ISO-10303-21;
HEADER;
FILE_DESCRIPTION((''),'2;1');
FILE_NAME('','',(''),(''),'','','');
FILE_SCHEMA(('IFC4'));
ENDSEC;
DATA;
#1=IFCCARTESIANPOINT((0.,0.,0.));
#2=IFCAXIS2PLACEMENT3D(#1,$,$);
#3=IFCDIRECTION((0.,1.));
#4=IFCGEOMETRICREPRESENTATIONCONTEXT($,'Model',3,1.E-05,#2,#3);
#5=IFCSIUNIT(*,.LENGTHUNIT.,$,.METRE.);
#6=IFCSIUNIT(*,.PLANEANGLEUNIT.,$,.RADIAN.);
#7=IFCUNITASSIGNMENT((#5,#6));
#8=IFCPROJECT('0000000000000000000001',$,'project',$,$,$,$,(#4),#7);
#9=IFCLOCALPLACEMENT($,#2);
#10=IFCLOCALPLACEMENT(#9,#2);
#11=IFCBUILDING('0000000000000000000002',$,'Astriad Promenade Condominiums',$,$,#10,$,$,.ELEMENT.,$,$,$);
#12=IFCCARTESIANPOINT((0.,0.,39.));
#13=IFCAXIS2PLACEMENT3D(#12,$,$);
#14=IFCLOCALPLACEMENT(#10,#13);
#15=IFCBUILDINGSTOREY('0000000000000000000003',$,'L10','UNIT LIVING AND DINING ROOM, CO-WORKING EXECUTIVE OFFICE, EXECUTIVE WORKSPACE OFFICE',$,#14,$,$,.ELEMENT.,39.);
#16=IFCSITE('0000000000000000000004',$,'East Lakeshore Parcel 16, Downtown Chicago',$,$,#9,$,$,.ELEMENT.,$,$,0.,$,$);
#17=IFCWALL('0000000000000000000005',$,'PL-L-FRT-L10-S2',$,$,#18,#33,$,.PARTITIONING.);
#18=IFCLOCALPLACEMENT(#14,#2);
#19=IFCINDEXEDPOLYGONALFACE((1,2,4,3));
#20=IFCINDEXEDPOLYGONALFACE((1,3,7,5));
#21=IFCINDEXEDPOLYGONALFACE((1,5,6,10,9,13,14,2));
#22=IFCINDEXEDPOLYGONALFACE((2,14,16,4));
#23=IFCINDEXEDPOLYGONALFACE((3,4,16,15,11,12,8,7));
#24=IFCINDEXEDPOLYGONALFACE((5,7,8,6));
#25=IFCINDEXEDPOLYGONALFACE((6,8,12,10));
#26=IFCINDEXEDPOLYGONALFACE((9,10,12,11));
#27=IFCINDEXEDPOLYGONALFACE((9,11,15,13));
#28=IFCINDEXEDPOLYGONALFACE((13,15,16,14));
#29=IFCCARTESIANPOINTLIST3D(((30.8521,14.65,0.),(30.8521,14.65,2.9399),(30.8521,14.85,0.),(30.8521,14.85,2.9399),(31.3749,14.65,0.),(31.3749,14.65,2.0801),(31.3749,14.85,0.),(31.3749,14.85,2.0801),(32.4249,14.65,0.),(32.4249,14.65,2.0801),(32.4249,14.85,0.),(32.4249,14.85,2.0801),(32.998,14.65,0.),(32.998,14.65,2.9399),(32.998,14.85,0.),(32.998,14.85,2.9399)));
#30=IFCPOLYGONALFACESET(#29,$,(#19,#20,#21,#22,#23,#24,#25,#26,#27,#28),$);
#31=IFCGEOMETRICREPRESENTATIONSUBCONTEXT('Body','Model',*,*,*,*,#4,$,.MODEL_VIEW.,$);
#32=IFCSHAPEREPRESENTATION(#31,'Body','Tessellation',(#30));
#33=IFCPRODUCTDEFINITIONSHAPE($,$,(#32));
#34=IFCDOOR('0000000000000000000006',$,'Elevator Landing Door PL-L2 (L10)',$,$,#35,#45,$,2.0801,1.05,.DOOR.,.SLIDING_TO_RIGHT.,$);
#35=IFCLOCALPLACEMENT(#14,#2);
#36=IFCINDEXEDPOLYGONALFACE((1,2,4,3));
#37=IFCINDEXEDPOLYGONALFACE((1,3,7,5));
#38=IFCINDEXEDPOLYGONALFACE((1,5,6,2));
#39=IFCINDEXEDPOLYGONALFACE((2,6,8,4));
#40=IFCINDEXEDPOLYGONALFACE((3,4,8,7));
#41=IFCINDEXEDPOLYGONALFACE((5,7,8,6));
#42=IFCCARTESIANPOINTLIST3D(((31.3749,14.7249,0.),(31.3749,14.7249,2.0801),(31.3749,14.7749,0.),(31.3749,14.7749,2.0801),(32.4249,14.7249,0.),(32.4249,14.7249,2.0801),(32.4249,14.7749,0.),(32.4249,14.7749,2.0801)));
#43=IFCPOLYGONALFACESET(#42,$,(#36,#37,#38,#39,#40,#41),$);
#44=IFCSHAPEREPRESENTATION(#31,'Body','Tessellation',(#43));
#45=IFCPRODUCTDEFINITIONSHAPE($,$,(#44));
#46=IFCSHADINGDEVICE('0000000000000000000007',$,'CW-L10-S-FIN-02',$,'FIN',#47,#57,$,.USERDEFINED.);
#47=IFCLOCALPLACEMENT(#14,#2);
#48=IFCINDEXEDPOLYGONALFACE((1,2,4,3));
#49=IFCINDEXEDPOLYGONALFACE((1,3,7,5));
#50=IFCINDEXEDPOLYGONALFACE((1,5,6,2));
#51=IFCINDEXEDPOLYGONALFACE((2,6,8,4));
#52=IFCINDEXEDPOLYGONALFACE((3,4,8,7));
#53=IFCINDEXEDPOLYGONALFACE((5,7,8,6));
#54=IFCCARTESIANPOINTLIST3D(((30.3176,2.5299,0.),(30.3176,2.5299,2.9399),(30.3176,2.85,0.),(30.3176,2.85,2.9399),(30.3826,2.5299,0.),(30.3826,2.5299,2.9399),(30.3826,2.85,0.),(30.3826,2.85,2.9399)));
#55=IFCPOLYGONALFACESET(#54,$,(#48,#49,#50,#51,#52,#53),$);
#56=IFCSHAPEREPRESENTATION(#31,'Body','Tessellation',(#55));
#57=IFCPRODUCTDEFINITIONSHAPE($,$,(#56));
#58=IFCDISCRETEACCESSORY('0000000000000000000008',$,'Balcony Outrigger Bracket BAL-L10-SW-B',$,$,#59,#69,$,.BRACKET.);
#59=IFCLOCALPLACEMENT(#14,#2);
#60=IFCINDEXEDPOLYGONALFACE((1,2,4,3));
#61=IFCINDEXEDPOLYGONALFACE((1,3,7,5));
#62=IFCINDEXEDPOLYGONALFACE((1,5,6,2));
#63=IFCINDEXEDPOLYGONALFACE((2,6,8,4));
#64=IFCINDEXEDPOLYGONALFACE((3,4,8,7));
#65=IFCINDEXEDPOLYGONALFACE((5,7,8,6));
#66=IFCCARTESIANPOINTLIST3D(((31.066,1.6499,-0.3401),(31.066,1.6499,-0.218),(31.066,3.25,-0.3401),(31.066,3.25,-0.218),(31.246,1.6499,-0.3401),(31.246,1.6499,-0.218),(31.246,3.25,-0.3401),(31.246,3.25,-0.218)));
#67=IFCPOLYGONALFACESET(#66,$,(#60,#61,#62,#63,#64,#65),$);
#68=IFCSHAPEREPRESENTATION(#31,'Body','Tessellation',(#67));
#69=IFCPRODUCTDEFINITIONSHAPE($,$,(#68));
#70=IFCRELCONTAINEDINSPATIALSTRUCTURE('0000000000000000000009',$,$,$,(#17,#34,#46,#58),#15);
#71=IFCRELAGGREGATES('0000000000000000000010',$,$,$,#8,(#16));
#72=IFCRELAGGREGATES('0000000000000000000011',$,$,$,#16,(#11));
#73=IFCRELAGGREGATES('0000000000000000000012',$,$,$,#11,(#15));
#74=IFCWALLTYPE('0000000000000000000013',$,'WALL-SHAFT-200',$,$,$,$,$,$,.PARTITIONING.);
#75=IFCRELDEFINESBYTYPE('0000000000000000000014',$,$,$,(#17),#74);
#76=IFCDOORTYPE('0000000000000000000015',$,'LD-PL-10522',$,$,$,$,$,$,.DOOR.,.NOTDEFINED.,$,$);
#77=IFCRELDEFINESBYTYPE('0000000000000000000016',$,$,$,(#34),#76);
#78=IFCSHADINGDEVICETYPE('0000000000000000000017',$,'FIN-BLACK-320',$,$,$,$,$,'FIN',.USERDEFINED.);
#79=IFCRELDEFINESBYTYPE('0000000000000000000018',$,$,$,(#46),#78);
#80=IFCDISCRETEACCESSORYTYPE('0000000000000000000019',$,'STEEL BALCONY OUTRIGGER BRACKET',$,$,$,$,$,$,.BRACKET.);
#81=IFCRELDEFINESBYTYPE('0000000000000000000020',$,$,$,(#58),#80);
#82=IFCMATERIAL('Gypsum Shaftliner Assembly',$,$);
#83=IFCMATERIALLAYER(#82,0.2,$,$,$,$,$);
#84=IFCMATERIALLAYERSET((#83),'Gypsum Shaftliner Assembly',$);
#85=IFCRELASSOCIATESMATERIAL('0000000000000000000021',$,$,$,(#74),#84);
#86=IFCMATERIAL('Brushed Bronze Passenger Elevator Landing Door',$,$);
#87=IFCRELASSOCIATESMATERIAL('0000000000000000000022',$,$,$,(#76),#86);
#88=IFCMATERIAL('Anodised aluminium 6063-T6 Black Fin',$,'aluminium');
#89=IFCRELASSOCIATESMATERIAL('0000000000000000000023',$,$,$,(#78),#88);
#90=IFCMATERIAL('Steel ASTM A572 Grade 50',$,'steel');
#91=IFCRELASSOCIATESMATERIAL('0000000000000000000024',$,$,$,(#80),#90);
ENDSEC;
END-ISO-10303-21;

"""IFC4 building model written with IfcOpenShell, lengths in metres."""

from ifc_helpers import new_model, si_unit, direction, frame, frame_2d, origin, origin_2d, place, context, subcontext, project, spatial, rectangle, extrude, source, transform, mapped, material, layer, layer_set, type_object, type_shapes, element, fill, save


model = new_model("IFC4")

# Units and contexts
model_context = context("Model", 3, precision=1e-05, world=origin(), true_north=direction((0.0, 1.0)))
body_context = subcontext(model_context, "Body", "Model", "MODEL_VIEW")
ifc_project = project(units=[si_unit("LENGTHUNIT", "METRE"), si_unit("PLANEANGLEUNIT", "RADIAN")], contexts=[model_context])

# Site, building, storey
site_placement = place(None, origin())
site = spatial("IfcSite", under=ifc_project, at=site_placement, Name="East Lakeshore Parcel 16, Downtown Chicago", CompositionType="ELEMENT", RefElevation=0.0)
building_placement = place(site_placement, origin())
building = spatial("IfcBuilding", under=site, at=building_placement, Name="Astriad Promenade Condominiums", CompositionType="ELEMENT")
storey_placement = place(building_placement, frame((0.0, 0.0, 39.0)))
storey = spatial("IfcBuildingStorey", under=building, at=storey_placement, Name="L10", Description="UNIT LIVING AND DINING ROOM, CO-WORKING EXECUTIVE OFFICE, EXECUTIVE WORKSPACE OFFICE", CompositionType="ELEMENT", Elevation=39.0)

# Shared definitions
ifc_material_1 = material(Name="Gypsum Shaftliner Assembly")
ifc_layer_1 = layer(ifc_material_1, 0.2)
ifc_layer_set_1 = layer_set([ifc_layer_1], Name="Gypsum Shaftliner Assembly")
wall_type_1 = type_object("IfcWallType", Name="WALL-SHAFT-200", PredefinedType="PARTITIONING", material=ifc_layer_set_1)

# Wall, opening, door
ifc_material_2 = material(Name="Brushed Bronze Passenger Elevator Landing Door")
door_type_1 = type_object("IfcDoorType", Name="LD-PL-10522", OperationType="NOTDEFINED", PredefinedType="DOOR", material=ifc_material_2)
shared_shape_1 = source(origin(), body_context, "Body", "SweptSolid", [
    extrude(rectangle(XDim=1.05, YDim=2.0801, at=frame_2d((0.5249, 1.04))), frame((0.0, 0.0249, 0.0), z_axis=(0.0, -1.0, 0.0), x_axis=(1.0, 0.0, 0.0)), (0.0, 0.0, 1.0), 0.05),
])
type_shapes(door_type_1, [shared_shape_1])
wall_1_placement = place(storey_placement, frame((30.8521, 14.75, 0.0), z_axis=(0.0, 0.0, 1.0), x_axis=(1.0, 0.0, 0.0)))
wall_1 = element("IfcWall", 1, at=wall_1_placement, inside=storey, type_object=wall_type_1, Name="PL-L-FRT-L10-S2", PredefinedType="PARTITIONING", context=body_context, shape_type="SweptSolid", body=[
    extrude(rectangle(XDim=2.146, YDim=0.2, at=frame_2d((1.073, 0.0))), origin(), (0.0, 0.0, 1.0), 2.9399),
])
opening_1_placement = place(wall_1_placement, frame((0.5229, 0.0, 0.0)))
opening_1 = element("IfcOpeningElement", 2, at=opening_1_placement, cuts=wall_1, PredefinedType="OPENING", context=body_context, shape_type="SweptSolid", body=[
    extrude(rectangle(XDim=1.05, YDim=2.0801, at=frame_2d((0.5249, 1.04))), frame((0.0, 0.1099, 0.0), z_axis=(0.0, -1.0, 0.0), x_axis=(1.0, 0.0, 0.0)), (0.0, 0.0, 1.0), 0.22),
])
door_1_placement = place(opening_1_placement, origin())
door_1 = element("IfcDoor", 3, at=door_1_placement, inside=storey, type_object=door_type_1, Name="Elevator Landing Door PL-L2 (L10)", OperationType="SLIDING_TO_RIGHT", OverallHeight=2.0801, OverallWidth=1.05, PredefinedType="DOOR", context=body_context, shape_type="MappedRepresentation", body=[
    mapped(shared_shape_1, transform((0.0, 0.0, 0.0), scale=1.0)),
])
fill(opening_1, door_1)

# Shading device
ifc_material_3 = material(Name="Anodised aluminium 6063-T6 Black Fin", Category="aluminium")
shading_device_type = type_object("IfcShadingDeviceType", Name="FIN-BLACK-320", ElementType="FIN", PredefinedType="USERDEFINED", material=ifc_material_3)
shared_shape_2 = source(origin(), body_context, "Body", "SweptSolid", [
    extrude(rectangle(XDim=0.0649, YDim=0.3201, at=origin_2d()), origin(), (0.0, 0.0, 1.0), 2.9399),
])
type_shapes(shading_device_type, [shared_shape_2])
shading_device_placement = place(storey_placement, frame((30.3501, 2.6899, 0.0), z_axis=(0.0, 0.0, 1.0), x_axis=(-1.0, 0.0, 0.0)))
element("IfcShadingDevice", 4, at=shading_device_placement, inside=storey, type_object=shading_device_type, Name="CW-L10-S-FIN-02", ObjectType="FIN", PredefinedType="USERDEFINED", context=body_context, shape_type="MappedRepresentation", body=[
    mapped(shared_shape_2, transform((0.0, 0.0, 0.0), scale=1.0)),
])

# Discrete accessory
ifc_material_4 = material(Name="Steel ASTM A572 Grade 50", Category="steel")
discrete_accessory_type = type_object("IfcDiscreteAccessoryType", Name="STEEL BALCONY OUTRIGGER BRACKET", PredefinedType="BRACKET", material=ifc_material_4)
shared_shape_3 = source(origin(), body_context, "Body", "SweptSolid", [
    extrude(rectangle(XDim=1.6001, YDim=0.1799, at=origin_2d()), origin(), (0.0, 0.0, 1.0), 0.1221),
])
type_shapes(discrete_accessory_type, [shared_shape_3])
discrete_accessory_placement = place(storey_placement, frame((31.156, 2.45, -0.3401), z_axis=(0.0, 0.0, 1.0), x_axis=(0.0, -1.0, 0.0)))
element("IfcDiscreteAccessory", 5, at=discrete_accessory_placement, inside=storey, type_object=discrete_accessory_type, Name="Balcony Outrigger Bracket BAL-L10-SW-B", PredefinedType="BRACKET", context=body_context, shape_type="MappedRepresentation", body=[
    mapped(shared_shape_3, transform((0.0, 0.0, 0.0), scale=1.0)),
])

save(model, "model.ifc")
